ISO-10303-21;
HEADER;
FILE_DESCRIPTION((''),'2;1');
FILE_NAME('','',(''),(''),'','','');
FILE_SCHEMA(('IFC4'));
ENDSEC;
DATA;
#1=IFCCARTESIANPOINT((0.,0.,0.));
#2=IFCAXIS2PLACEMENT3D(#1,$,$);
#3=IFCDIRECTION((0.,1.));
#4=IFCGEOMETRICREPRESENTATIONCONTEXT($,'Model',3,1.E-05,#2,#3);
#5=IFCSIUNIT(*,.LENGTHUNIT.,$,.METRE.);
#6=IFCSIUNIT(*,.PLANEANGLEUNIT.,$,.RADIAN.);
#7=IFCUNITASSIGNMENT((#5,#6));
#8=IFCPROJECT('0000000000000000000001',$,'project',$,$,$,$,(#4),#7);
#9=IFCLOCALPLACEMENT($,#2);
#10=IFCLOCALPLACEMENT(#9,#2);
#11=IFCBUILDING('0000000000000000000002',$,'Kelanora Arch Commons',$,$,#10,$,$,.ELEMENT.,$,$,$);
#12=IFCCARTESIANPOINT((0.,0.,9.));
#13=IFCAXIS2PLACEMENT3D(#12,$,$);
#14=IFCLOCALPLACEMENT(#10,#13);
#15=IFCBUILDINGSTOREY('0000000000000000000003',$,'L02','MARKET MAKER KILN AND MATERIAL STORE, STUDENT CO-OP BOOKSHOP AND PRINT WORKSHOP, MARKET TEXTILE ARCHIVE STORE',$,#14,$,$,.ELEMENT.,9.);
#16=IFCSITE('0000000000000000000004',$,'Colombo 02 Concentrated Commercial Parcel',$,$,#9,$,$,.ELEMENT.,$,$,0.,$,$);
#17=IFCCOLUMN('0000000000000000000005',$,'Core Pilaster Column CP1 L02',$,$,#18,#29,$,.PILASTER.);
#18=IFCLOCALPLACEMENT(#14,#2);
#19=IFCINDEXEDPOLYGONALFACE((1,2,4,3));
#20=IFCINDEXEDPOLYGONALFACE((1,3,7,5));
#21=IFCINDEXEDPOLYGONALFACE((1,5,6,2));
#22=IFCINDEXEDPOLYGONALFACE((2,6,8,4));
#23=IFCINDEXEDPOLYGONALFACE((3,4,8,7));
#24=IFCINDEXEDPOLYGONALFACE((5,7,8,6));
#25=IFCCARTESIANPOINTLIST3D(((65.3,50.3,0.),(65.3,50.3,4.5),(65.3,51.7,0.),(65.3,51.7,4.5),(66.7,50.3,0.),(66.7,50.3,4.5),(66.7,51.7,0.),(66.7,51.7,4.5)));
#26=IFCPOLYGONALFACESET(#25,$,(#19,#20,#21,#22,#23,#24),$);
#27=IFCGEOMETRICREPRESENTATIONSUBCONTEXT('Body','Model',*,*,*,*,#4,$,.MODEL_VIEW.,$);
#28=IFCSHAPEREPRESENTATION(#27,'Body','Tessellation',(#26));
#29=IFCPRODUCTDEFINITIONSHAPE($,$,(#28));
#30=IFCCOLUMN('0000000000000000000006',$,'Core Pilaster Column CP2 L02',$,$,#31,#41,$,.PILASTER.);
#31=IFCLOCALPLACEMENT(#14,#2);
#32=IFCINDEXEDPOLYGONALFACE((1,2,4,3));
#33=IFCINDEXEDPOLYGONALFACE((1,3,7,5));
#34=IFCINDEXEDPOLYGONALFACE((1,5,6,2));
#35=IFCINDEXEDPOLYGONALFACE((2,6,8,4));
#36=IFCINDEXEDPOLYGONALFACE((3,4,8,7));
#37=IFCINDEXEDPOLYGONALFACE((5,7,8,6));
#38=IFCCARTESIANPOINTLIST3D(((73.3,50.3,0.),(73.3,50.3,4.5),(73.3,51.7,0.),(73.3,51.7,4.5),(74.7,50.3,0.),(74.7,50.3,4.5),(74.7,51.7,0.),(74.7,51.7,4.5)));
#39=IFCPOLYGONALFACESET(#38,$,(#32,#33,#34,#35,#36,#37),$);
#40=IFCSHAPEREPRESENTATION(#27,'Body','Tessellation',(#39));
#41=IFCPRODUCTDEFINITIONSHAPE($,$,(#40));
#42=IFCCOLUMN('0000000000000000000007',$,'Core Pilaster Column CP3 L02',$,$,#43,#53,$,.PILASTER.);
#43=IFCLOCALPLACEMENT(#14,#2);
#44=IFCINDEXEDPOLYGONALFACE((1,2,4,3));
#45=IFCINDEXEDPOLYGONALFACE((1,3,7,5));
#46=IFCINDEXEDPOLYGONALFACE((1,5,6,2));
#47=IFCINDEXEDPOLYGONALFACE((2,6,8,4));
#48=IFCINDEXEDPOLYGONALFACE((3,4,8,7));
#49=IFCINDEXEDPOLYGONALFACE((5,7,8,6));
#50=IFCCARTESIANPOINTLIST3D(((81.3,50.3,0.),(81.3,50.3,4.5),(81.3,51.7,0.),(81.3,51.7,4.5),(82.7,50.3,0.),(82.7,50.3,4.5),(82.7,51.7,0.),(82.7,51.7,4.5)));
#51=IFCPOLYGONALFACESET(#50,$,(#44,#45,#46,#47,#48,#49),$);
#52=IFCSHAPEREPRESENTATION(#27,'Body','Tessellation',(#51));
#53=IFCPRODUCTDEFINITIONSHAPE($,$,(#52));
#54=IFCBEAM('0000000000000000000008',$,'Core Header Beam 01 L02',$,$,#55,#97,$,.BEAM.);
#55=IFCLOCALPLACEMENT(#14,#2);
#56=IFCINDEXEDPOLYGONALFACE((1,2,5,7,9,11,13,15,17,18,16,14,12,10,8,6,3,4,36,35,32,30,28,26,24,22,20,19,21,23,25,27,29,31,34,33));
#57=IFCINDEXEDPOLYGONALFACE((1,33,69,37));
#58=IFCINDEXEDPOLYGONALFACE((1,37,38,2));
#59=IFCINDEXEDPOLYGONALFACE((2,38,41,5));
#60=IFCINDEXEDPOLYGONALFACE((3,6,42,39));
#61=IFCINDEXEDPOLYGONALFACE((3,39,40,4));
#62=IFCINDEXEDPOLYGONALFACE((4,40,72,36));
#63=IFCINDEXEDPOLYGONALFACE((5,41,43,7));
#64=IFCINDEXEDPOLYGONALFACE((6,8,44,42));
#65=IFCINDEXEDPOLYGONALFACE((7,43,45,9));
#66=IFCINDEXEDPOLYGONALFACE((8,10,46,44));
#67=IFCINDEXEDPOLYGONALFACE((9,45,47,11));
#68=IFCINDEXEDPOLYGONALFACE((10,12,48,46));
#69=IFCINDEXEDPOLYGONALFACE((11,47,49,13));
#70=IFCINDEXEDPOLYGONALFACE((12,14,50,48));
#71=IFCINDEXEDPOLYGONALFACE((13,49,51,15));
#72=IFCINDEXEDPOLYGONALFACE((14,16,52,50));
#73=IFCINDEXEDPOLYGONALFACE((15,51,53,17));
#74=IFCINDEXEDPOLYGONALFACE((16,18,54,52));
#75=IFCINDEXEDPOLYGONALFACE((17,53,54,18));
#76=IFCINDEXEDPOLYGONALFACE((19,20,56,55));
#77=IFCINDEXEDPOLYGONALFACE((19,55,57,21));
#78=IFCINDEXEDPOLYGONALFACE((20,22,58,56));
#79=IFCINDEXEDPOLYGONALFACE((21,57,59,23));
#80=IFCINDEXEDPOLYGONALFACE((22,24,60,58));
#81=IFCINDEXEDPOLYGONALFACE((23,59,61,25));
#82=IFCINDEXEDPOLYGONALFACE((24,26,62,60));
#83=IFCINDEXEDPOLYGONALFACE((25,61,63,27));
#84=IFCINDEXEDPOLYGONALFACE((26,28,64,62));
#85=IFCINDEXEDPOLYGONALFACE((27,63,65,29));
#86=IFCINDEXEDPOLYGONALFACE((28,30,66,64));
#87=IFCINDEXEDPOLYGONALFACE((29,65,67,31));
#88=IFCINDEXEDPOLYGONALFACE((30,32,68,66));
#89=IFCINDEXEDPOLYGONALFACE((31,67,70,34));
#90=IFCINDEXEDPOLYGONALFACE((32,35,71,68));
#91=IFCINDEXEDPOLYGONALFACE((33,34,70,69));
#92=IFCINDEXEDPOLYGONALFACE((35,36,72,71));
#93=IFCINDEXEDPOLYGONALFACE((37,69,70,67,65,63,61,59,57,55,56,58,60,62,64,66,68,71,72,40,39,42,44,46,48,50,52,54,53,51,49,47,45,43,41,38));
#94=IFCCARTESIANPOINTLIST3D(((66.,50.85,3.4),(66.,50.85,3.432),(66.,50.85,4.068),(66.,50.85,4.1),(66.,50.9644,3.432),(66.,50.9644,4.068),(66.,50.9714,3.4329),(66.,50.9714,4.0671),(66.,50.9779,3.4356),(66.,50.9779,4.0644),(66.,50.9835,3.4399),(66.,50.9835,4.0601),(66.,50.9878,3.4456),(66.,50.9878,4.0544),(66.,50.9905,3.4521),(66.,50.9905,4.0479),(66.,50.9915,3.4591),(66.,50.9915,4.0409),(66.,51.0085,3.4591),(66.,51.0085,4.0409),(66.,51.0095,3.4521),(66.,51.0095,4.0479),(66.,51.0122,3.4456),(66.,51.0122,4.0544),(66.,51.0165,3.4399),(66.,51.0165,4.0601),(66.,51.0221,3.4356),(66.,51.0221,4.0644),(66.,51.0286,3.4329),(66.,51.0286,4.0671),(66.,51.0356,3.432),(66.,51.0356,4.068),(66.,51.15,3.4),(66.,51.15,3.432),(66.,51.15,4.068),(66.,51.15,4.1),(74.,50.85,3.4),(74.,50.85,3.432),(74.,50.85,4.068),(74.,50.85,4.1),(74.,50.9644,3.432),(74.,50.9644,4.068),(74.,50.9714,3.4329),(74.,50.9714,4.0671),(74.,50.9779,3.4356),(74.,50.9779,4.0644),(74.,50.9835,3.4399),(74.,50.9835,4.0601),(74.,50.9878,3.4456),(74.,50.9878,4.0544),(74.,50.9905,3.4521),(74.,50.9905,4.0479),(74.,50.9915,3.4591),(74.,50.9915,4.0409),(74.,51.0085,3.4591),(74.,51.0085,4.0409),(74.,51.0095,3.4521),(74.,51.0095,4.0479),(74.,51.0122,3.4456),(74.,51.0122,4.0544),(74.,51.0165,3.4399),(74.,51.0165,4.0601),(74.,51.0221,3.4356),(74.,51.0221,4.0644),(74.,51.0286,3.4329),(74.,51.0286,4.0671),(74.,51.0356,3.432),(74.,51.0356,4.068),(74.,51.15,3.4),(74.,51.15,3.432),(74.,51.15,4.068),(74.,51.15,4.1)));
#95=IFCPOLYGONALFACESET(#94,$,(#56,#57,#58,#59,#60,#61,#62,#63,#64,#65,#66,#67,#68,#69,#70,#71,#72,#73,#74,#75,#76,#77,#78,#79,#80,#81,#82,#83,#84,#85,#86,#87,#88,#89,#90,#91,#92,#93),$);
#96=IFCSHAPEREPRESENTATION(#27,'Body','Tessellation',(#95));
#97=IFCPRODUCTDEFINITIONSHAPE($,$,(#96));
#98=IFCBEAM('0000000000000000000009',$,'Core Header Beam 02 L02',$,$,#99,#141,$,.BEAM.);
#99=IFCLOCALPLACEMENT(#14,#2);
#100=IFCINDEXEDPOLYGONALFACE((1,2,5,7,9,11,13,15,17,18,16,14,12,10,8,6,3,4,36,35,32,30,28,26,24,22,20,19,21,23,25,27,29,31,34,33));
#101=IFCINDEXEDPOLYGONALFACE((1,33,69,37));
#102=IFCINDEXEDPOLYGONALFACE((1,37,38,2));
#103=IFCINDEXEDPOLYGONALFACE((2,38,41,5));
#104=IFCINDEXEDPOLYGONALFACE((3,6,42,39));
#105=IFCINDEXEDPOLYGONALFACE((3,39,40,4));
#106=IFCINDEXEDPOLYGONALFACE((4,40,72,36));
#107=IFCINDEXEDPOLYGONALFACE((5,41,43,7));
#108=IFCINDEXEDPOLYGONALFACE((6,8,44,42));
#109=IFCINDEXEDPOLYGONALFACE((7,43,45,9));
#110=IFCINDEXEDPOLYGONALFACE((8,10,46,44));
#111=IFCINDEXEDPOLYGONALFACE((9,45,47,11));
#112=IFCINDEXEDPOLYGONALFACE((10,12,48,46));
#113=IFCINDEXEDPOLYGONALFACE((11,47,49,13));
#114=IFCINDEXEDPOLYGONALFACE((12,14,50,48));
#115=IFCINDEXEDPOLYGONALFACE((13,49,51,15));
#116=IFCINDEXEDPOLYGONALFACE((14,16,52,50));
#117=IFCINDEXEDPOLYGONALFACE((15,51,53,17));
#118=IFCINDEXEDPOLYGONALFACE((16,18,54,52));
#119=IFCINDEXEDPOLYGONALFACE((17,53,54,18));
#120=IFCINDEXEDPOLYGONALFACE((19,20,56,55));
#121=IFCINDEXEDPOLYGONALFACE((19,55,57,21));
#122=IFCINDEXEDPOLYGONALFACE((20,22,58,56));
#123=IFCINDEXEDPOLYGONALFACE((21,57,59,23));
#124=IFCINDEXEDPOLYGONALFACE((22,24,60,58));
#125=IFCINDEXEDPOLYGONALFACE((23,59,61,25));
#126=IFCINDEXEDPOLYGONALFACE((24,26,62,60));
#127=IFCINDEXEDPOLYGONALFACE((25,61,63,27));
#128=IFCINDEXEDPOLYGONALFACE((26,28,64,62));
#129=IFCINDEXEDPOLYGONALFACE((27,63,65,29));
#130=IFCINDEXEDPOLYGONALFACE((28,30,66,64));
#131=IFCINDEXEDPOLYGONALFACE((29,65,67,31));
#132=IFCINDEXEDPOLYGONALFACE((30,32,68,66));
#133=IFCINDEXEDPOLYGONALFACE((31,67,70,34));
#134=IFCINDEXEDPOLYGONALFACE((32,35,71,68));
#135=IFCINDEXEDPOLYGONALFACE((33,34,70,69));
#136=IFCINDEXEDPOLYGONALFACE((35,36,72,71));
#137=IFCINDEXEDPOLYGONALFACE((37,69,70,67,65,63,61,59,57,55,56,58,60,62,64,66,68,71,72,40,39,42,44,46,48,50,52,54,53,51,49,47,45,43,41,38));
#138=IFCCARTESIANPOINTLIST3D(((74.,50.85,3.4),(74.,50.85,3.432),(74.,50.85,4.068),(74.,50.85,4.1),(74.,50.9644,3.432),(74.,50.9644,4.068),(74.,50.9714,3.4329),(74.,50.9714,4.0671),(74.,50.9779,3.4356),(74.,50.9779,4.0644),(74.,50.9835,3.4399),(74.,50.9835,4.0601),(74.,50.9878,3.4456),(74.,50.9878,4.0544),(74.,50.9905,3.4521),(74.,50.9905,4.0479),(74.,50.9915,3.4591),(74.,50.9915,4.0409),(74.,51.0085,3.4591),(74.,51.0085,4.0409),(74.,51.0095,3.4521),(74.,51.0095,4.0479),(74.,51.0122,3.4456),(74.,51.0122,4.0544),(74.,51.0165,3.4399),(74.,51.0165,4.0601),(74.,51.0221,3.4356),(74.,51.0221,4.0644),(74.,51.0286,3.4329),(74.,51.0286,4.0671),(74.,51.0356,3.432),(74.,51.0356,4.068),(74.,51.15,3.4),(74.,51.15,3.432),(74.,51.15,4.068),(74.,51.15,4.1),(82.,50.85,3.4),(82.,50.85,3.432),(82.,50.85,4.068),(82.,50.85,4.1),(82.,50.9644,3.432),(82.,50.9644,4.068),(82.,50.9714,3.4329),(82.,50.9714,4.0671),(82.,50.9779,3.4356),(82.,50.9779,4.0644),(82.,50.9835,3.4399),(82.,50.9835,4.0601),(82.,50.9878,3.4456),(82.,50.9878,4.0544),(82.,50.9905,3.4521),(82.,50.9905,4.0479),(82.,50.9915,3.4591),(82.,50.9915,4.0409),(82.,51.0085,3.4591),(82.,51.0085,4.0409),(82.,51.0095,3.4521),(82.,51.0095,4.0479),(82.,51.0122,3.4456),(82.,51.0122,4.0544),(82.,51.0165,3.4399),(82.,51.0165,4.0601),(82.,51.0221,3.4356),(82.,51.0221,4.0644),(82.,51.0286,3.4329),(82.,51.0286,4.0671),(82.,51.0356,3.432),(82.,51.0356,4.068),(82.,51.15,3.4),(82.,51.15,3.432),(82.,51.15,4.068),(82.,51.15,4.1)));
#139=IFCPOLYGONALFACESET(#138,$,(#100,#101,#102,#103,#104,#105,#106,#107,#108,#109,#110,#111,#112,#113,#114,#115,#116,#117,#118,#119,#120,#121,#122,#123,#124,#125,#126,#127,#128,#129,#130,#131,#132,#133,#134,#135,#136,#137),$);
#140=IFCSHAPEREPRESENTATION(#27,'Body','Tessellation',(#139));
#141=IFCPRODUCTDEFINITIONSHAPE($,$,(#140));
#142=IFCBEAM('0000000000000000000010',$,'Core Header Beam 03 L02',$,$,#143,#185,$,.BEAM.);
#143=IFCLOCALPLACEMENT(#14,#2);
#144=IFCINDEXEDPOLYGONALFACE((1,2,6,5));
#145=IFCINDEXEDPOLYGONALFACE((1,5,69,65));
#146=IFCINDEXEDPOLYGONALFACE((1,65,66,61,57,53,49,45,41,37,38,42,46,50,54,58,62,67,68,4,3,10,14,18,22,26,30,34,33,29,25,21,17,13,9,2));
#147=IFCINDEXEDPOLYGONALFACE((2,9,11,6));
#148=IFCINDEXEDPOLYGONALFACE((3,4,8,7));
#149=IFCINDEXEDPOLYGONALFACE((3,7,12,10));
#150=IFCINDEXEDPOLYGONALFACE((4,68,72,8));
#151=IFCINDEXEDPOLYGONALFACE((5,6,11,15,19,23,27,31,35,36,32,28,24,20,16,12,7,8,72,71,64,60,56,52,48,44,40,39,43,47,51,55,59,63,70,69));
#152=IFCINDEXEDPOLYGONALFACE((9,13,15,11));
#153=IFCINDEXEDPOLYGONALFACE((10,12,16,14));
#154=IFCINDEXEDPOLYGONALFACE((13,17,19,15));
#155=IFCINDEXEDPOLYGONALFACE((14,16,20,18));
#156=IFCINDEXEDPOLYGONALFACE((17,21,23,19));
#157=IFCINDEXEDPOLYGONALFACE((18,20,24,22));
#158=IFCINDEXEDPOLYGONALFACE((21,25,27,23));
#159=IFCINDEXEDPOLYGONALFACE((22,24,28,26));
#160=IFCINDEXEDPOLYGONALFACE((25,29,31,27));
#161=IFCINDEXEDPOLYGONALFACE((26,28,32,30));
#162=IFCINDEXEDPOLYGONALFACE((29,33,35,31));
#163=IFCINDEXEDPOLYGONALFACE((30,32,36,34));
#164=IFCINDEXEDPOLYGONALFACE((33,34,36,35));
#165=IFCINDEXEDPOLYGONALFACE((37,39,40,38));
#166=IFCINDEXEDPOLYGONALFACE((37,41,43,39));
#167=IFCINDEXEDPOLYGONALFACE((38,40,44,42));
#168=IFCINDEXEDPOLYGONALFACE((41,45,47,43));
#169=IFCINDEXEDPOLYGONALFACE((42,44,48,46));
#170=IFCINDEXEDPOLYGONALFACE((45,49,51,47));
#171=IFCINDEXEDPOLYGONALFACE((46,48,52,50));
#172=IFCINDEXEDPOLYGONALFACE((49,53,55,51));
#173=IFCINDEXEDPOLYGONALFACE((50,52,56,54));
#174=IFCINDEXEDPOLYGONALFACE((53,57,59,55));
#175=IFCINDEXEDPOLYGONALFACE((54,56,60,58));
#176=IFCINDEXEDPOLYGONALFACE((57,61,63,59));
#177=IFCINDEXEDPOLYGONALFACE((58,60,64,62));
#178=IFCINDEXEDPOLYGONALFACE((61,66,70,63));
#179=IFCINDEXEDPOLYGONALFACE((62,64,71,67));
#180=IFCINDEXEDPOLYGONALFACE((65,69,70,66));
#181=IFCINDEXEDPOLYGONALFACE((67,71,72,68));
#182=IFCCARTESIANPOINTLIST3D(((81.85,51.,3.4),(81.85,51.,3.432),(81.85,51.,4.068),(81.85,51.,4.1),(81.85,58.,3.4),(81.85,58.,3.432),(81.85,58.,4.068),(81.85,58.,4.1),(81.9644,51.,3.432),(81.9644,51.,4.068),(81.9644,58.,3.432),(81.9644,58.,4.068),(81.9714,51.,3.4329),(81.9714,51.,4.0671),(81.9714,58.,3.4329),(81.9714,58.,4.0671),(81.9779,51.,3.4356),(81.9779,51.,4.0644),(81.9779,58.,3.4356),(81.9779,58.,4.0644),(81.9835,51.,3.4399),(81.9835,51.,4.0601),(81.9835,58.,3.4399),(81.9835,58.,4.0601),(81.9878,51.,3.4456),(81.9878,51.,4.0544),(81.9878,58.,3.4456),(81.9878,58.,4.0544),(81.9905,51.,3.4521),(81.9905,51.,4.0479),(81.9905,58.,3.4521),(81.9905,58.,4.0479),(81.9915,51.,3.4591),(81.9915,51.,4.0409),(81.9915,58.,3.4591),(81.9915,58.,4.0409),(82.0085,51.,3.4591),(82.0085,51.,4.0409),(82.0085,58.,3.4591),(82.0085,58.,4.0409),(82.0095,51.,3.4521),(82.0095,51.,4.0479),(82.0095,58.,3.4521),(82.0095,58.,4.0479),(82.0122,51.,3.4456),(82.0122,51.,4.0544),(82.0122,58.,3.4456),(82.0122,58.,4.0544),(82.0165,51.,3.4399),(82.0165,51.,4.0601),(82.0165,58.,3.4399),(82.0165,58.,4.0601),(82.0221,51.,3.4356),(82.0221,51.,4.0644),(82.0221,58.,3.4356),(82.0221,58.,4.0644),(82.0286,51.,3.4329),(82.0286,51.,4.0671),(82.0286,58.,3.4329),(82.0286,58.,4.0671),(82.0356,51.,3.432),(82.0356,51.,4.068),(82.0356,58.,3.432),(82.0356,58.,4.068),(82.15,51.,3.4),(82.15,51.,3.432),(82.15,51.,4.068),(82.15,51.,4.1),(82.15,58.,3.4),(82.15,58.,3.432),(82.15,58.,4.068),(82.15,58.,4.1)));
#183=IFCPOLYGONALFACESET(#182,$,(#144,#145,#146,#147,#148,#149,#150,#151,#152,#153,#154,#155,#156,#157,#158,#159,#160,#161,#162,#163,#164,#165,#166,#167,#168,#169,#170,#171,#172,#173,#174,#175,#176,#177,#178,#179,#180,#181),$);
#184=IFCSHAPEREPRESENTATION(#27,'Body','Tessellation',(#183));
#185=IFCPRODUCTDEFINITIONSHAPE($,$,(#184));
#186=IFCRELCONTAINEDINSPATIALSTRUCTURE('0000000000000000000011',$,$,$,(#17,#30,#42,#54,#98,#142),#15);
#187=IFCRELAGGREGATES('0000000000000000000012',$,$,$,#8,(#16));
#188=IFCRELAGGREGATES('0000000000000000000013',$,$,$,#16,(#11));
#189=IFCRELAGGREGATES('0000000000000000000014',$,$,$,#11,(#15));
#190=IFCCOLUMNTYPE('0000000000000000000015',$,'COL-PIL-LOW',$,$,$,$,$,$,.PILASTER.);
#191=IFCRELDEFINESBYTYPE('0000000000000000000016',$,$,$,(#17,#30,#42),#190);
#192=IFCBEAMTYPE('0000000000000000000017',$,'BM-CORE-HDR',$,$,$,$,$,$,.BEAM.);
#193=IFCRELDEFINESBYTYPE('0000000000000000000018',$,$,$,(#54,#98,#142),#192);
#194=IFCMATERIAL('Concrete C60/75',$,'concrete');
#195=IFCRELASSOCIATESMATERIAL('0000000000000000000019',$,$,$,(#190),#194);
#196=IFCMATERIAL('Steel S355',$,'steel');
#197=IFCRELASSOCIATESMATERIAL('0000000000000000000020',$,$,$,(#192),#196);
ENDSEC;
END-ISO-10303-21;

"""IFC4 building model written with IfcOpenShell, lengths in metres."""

from ifc_helpers import new_model, si_unit, direction, frame, origin, origin_2d, place, context, subcontext, project, spatial, rectangle, i_section, extrude, material, material_profile, profile_set, type_object, element, save


model = new_model("IFC4")

# Units and contexts
model_context = context("Model", 3, precision=1e-05, world=origin(), true_north=direction((0.0, 1.0)))
body_context = subcontext(model_context, "Body", "Model", "MODEL_VIEW")
ifc_project = project(units=[si_unit("LENGTHUNIT", "METRE"), si_unit("PLANEANGLEUNIT", "RADIAN")], contexts=[model_context])

# Site, building, storey
site_placement = place(None, origin())
site = spatial("IfcSite", under=ifc_project, at=site_placement, Name="Colombo 02 Concentrated Commercial Parcel", CompositionType="ELEMENT", RefElevation=0.0)
building_placement = place(site_placement, origin())
building = spatial("IfcBuilding", under=site, at=building_placement, Name="Kelanora Arch Commons", CompositionType="ELEMENT")
storey_placement = place(building_placement, frame((0.0, 0.0, 9.0)))
storey = spatial("IfcBuildingStorey", under=building, at=storey_placement, Name="L02", Description="MARKET MAKER KILN AND MATERIAL STORE, STUDENT CO-OP BOOKSHOP AND PRINT WORKSHOP, MARKET TEXTILE ARCHIVE STORE", CompositionType="ELEMENT", Elevation=9.0)

# Columns
ifc_material_1 = material(Name="Concrete C60/75", Category="concrete")
ifc_material_profile_1 = material_profile(ifc_material_1, rectangle(XDim=1.3999, YDim=1.3999, at=origin_2d()), Name="RC1400x1400")
ifc_profile_set_1 = profile_set([ifc_material_profile_1], Name="Concrete C60/75")
column_type = type_object("IfcColumnType", Name="COL-PIL-LOW", PredefinedType="PILASTER", material=ifc_profile_set_1)
for number, where, z_axis, x_axis, name in (
    (1, (66.0, 51.0, 0.0), (0.0, 0.0, 1.0), (1.0, 0.0, 0.0), "Core Pilaster Column CP1 L02"),
    (2, (74.0, 51.0, 0.0), (0.0, 0.0, 1.0), (1.0, 0.0, 0.0), "Core Pilaster Column CP2 L02"),
    (3, (82.0, 51.0, 0.0), (0.0, 0.0, 1.0), (1.0, 0.0, 0.0), "Core Pilaster Column CP3 L02"),
):
    element("IfcColumn", number, at=place(storey_placement, frame(where, z_axis=z_axis, x_axis=x_axis)), inside=storey, type_object=column_type, Name=name, PredefinedType="PILASTER", context=body_context, shape_type="SweptSolid", body=[
        extrude(rectangle(XDim=1.3999, YDim=1.3999, at=origin_2d()), origin(), (0.0, 0.0, 1.0), 4.5),
    ])

# Beams
ifc_material_2 = material(Name="Steel S355", Category="steel")
ifc_material_profile_2 = material_profile(ifc_material_2, i_section(OverallWidth=0.3, OverallDepth=0.7, WebThickness=0.0171, FlangeThickness=0.032, FilletRadius=0.0271, at=origin_2d()), Name="HEB700")
ifc_profile_set_2 = profile_set([ifc_material_profile_2], Name="Steel S355")
beam_type_1 = type_object("IfcBeamType", Name="BM-CORE-HDR", PredefinedType="BEAM", material=ifc_profile_set_2)
for number, where, z_axis, x_axis, name in (
    (4, (66.0, 51.0, 3.75), (1.0, 0.0, 0.0), (0.0, 1.0, 0.0), "Core Header Beam 01 L02"),
    (5, (74.0, 51.0, 3.75), (1.0, 0.0, 0.0), (0.0, 1.0, 0.0), "Core Header Beam 02 L02"),
):
    element("IfcBeam", number, at=place(storey_placement, frame(where, z_axis=z_axis, x_axis=x_axis)), inside=storey, type_object=beam_type_1, Name=name, PredefinedType="BEAM", context=body_context, shape_type="SweptSolid", body=[
        extrude(i_section(OverallWidth=0.3, OverallDepth=0.7, WebThickness=0.0171, FlangeThickness=0.032, FilletRadius=0.0271, at=origin_2d()), origin(), (0.0, 0.0, 1.0), 8.0),
    ])
beam_1_placement = place(storey_placement, frame((82.0, 51.0, 3.75), z_axis=(0.0, 1.0, 0.0), x_axis=(-1.0, 0.0, 0.0)))
element("IfcBeam", 6, at=beam_1_placement, inside=storey, type_object=beam_type_1, Name="Core Header Beam 03 L02", PredefinedType="BEAM", context=body_context, shape_type="SweptSolid", body=[
    extrude(i_section(OverallWidth=0.3, OverallDepth=0.7, WebThickness=0.0171, FlangeThickness=0.032, FilletRadius=0.0271, at=origin_2d()), origin(), (0.0, 0.0, 1.0), 7.0),
])

save(model, "model.ifc")
